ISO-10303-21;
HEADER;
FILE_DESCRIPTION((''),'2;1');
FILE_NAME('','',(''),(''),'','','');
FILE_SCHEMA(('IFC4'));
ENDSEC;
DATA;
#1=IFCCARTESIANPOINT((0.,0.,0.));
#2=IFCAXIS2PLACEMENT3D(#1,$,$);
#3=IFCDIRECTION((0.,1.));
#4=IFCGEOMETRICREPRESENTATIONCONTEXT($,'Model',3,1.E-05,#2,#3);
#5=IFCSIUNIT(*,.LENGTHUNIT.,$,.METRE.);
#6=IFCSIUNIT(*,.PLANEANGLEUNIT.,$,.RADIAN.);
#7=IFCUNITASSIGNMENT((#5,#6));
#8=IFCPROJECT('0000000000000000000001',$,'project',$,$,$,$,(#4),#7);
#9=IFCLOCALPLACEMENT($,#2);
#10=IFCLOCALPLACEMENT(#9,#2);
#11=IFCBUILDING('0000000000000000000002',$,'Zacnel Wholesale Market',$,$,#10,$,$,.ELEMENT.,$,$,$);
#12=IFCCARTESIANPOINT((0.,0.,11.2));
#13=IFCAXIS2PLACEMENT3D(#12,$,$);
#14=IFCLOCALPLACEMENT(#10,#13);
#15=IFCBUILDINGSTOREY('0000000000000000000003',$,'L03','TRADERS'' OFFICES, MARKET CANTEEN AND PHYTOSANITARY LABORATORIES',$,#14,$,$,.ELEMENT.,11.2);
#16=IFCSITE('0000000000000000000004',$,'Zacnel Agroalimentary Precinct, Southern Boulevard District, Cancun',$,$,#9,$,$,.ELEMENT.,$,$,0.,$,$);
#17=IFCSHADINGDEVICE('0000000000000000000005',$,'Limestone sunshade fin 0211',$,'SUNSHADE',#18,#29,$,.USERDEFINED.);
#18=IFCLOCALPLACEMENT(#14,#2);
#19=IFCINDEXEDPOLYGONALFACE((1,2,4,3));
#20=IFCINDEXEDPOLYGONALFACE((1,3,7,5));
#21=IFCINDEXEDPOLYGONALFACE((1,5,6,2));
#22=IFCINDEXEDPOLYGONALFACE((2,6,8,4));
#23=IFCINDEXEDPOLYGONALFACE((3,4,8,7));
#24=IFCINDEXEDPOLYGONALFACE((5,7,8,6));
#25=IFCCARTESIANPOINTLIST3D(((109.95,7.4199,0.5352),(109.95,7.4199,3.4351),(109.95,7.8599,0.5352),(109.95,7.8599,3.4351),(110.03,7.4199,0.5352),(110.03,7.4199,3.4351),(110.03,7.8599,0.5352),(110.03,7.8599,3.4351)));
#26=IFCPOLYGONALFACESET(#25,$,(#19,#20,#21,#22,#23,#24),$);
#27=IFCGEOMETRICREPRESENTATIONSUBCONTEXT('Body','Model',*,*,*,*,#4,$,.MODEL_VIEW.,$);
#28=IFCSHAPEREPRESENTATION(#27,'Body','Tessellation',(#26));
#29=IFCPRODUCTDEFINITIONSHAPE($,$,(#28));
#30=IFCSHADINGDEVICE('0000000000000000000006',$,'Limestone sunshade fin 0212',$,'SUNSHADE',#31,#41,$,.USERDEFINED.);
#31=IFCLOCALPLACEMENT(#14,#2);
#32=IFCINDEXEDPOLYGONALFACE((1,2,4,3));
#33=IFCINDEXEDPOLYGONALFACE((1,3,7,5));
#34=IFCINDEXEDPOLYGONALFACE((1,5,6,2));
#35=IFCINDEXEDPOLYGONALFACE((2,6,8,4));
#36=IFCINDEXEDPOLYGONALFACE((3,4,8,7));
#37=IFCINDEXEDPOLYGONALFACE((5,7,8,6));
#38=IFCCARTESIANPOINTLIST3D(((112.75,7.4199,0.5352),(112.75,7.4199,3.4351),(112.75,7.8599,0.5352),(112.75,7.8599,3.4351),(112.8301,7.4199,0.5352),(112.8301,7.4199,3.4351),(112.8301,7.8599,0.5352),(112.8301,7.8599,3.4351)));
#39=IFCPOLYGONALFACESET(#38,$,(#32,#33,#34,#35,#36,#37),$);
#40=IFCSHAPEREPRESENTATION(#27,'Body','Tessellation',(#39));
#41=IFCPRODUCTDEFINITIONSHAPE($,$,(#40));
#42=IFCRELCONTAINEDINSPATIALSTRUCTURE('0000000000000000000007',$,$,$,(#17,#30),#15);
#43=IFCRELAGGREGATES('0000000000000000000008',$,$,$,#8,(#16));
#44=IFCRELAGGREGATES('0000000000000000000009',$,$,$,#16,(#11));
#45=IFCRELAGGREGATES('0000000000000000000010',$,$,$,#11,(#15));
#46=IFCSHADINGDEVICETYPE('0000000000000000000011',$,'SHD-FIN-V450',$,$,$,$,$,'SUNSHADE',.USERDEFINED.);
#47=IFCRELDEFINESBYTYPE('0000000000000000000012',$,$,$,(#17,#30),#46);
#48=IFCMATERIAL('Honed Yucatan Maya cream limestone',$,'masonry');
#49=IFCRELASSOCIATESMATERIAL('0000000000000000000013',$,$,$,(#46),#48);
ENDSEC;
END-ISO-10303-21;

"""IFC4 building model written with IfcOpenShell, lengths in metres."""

from ifc_helpers import new_model, si_unit, direction, frame, origin, origin_2d, place, context, subcontext, project, spatial, rectangle, extrude, material, type_object, element, save


model = new_model("IFC4")

# Units and contexts
model_context = context("Model", 3, precision=1e-05, world=origin(), true_north=direction((0.0, 1.0)))
body_context = subcontext(model_context, "Body", "Model", "MODEL_VIEW")
ifc_project = project(units=[si_unit("LENGTHUNIT", "METRE"), si_unit("PLANEANGLEUNIT", "RADIAN")], contexts=[model_context])

# Site, building, storey
site_placement = place(None, origin())
site = spatial("IfcSite", under=ifc_project, at=site_placement, Name="Zacnel Agroalimentary Precinct, Southern Boulevard District, Cancun", CompositionType="ELEMENT", RefElevation=0.0)
building_placement = place(site_placement, origin())
building = spatial("IfcBuilding", under=site, at=building_placement, Name="Zacnel Wholesale Market", CompositionType="ELEMENT")
storey_placement = place(building_placement, frame((0.0, 0.0, 11.2)))
storey = spatial("IfcBuildingStorey", under=building, at=storey_placement, Name="L03", Description="TRADERS' OFFICES, MARKET CANTEEN AND PHYTOSANITARY LABORATORIES", CompositionType="ELEMENT", Elevation=11.2)

# Shading devices
ifc_material_1 = material(Name="Honed Yucatan Maya cream limestone", Category="masonry")
shading_device_type = type_object("IfcShadingDeviceType", Name="SHD-FIN-V450", ElementType="SUNSHADE", PredefinedType="USERDEFINED", material=ifc_material_1)
for number, where, z_axis, x_axis, name in (
    (1, (109.99, 7.6399, 0.5352), (0.0, 0.0, 1.0), (1.0, 0.0, 0.0), "Limestone sunshade fin 0211"),
    (2, (112.79, 7.6399, 0.5352), (0.0, 0.0, 1.0), (1.0, 0.0, 0.0), "Limestone sunshade fin 0212"),
):
    element("IfcShadingDevice", number, at=place(storey_placement, frame(where, z_axis=z_axis, x_axis=x_axis)), inside=storey, type_object=shading_device_type, Name=name, ObjectType="SUNSHADE", PredefinedType="USERDEFINED", context=body_context, shape_type="SweptSolid", body=[
        extrude(rectangle(XDim=0.0801, YDim=0.4399, at=origin_2d()), origin(), (0.0, 0.0, 1.0), 2.8999),
    ])

save(model, "model.ifc")
